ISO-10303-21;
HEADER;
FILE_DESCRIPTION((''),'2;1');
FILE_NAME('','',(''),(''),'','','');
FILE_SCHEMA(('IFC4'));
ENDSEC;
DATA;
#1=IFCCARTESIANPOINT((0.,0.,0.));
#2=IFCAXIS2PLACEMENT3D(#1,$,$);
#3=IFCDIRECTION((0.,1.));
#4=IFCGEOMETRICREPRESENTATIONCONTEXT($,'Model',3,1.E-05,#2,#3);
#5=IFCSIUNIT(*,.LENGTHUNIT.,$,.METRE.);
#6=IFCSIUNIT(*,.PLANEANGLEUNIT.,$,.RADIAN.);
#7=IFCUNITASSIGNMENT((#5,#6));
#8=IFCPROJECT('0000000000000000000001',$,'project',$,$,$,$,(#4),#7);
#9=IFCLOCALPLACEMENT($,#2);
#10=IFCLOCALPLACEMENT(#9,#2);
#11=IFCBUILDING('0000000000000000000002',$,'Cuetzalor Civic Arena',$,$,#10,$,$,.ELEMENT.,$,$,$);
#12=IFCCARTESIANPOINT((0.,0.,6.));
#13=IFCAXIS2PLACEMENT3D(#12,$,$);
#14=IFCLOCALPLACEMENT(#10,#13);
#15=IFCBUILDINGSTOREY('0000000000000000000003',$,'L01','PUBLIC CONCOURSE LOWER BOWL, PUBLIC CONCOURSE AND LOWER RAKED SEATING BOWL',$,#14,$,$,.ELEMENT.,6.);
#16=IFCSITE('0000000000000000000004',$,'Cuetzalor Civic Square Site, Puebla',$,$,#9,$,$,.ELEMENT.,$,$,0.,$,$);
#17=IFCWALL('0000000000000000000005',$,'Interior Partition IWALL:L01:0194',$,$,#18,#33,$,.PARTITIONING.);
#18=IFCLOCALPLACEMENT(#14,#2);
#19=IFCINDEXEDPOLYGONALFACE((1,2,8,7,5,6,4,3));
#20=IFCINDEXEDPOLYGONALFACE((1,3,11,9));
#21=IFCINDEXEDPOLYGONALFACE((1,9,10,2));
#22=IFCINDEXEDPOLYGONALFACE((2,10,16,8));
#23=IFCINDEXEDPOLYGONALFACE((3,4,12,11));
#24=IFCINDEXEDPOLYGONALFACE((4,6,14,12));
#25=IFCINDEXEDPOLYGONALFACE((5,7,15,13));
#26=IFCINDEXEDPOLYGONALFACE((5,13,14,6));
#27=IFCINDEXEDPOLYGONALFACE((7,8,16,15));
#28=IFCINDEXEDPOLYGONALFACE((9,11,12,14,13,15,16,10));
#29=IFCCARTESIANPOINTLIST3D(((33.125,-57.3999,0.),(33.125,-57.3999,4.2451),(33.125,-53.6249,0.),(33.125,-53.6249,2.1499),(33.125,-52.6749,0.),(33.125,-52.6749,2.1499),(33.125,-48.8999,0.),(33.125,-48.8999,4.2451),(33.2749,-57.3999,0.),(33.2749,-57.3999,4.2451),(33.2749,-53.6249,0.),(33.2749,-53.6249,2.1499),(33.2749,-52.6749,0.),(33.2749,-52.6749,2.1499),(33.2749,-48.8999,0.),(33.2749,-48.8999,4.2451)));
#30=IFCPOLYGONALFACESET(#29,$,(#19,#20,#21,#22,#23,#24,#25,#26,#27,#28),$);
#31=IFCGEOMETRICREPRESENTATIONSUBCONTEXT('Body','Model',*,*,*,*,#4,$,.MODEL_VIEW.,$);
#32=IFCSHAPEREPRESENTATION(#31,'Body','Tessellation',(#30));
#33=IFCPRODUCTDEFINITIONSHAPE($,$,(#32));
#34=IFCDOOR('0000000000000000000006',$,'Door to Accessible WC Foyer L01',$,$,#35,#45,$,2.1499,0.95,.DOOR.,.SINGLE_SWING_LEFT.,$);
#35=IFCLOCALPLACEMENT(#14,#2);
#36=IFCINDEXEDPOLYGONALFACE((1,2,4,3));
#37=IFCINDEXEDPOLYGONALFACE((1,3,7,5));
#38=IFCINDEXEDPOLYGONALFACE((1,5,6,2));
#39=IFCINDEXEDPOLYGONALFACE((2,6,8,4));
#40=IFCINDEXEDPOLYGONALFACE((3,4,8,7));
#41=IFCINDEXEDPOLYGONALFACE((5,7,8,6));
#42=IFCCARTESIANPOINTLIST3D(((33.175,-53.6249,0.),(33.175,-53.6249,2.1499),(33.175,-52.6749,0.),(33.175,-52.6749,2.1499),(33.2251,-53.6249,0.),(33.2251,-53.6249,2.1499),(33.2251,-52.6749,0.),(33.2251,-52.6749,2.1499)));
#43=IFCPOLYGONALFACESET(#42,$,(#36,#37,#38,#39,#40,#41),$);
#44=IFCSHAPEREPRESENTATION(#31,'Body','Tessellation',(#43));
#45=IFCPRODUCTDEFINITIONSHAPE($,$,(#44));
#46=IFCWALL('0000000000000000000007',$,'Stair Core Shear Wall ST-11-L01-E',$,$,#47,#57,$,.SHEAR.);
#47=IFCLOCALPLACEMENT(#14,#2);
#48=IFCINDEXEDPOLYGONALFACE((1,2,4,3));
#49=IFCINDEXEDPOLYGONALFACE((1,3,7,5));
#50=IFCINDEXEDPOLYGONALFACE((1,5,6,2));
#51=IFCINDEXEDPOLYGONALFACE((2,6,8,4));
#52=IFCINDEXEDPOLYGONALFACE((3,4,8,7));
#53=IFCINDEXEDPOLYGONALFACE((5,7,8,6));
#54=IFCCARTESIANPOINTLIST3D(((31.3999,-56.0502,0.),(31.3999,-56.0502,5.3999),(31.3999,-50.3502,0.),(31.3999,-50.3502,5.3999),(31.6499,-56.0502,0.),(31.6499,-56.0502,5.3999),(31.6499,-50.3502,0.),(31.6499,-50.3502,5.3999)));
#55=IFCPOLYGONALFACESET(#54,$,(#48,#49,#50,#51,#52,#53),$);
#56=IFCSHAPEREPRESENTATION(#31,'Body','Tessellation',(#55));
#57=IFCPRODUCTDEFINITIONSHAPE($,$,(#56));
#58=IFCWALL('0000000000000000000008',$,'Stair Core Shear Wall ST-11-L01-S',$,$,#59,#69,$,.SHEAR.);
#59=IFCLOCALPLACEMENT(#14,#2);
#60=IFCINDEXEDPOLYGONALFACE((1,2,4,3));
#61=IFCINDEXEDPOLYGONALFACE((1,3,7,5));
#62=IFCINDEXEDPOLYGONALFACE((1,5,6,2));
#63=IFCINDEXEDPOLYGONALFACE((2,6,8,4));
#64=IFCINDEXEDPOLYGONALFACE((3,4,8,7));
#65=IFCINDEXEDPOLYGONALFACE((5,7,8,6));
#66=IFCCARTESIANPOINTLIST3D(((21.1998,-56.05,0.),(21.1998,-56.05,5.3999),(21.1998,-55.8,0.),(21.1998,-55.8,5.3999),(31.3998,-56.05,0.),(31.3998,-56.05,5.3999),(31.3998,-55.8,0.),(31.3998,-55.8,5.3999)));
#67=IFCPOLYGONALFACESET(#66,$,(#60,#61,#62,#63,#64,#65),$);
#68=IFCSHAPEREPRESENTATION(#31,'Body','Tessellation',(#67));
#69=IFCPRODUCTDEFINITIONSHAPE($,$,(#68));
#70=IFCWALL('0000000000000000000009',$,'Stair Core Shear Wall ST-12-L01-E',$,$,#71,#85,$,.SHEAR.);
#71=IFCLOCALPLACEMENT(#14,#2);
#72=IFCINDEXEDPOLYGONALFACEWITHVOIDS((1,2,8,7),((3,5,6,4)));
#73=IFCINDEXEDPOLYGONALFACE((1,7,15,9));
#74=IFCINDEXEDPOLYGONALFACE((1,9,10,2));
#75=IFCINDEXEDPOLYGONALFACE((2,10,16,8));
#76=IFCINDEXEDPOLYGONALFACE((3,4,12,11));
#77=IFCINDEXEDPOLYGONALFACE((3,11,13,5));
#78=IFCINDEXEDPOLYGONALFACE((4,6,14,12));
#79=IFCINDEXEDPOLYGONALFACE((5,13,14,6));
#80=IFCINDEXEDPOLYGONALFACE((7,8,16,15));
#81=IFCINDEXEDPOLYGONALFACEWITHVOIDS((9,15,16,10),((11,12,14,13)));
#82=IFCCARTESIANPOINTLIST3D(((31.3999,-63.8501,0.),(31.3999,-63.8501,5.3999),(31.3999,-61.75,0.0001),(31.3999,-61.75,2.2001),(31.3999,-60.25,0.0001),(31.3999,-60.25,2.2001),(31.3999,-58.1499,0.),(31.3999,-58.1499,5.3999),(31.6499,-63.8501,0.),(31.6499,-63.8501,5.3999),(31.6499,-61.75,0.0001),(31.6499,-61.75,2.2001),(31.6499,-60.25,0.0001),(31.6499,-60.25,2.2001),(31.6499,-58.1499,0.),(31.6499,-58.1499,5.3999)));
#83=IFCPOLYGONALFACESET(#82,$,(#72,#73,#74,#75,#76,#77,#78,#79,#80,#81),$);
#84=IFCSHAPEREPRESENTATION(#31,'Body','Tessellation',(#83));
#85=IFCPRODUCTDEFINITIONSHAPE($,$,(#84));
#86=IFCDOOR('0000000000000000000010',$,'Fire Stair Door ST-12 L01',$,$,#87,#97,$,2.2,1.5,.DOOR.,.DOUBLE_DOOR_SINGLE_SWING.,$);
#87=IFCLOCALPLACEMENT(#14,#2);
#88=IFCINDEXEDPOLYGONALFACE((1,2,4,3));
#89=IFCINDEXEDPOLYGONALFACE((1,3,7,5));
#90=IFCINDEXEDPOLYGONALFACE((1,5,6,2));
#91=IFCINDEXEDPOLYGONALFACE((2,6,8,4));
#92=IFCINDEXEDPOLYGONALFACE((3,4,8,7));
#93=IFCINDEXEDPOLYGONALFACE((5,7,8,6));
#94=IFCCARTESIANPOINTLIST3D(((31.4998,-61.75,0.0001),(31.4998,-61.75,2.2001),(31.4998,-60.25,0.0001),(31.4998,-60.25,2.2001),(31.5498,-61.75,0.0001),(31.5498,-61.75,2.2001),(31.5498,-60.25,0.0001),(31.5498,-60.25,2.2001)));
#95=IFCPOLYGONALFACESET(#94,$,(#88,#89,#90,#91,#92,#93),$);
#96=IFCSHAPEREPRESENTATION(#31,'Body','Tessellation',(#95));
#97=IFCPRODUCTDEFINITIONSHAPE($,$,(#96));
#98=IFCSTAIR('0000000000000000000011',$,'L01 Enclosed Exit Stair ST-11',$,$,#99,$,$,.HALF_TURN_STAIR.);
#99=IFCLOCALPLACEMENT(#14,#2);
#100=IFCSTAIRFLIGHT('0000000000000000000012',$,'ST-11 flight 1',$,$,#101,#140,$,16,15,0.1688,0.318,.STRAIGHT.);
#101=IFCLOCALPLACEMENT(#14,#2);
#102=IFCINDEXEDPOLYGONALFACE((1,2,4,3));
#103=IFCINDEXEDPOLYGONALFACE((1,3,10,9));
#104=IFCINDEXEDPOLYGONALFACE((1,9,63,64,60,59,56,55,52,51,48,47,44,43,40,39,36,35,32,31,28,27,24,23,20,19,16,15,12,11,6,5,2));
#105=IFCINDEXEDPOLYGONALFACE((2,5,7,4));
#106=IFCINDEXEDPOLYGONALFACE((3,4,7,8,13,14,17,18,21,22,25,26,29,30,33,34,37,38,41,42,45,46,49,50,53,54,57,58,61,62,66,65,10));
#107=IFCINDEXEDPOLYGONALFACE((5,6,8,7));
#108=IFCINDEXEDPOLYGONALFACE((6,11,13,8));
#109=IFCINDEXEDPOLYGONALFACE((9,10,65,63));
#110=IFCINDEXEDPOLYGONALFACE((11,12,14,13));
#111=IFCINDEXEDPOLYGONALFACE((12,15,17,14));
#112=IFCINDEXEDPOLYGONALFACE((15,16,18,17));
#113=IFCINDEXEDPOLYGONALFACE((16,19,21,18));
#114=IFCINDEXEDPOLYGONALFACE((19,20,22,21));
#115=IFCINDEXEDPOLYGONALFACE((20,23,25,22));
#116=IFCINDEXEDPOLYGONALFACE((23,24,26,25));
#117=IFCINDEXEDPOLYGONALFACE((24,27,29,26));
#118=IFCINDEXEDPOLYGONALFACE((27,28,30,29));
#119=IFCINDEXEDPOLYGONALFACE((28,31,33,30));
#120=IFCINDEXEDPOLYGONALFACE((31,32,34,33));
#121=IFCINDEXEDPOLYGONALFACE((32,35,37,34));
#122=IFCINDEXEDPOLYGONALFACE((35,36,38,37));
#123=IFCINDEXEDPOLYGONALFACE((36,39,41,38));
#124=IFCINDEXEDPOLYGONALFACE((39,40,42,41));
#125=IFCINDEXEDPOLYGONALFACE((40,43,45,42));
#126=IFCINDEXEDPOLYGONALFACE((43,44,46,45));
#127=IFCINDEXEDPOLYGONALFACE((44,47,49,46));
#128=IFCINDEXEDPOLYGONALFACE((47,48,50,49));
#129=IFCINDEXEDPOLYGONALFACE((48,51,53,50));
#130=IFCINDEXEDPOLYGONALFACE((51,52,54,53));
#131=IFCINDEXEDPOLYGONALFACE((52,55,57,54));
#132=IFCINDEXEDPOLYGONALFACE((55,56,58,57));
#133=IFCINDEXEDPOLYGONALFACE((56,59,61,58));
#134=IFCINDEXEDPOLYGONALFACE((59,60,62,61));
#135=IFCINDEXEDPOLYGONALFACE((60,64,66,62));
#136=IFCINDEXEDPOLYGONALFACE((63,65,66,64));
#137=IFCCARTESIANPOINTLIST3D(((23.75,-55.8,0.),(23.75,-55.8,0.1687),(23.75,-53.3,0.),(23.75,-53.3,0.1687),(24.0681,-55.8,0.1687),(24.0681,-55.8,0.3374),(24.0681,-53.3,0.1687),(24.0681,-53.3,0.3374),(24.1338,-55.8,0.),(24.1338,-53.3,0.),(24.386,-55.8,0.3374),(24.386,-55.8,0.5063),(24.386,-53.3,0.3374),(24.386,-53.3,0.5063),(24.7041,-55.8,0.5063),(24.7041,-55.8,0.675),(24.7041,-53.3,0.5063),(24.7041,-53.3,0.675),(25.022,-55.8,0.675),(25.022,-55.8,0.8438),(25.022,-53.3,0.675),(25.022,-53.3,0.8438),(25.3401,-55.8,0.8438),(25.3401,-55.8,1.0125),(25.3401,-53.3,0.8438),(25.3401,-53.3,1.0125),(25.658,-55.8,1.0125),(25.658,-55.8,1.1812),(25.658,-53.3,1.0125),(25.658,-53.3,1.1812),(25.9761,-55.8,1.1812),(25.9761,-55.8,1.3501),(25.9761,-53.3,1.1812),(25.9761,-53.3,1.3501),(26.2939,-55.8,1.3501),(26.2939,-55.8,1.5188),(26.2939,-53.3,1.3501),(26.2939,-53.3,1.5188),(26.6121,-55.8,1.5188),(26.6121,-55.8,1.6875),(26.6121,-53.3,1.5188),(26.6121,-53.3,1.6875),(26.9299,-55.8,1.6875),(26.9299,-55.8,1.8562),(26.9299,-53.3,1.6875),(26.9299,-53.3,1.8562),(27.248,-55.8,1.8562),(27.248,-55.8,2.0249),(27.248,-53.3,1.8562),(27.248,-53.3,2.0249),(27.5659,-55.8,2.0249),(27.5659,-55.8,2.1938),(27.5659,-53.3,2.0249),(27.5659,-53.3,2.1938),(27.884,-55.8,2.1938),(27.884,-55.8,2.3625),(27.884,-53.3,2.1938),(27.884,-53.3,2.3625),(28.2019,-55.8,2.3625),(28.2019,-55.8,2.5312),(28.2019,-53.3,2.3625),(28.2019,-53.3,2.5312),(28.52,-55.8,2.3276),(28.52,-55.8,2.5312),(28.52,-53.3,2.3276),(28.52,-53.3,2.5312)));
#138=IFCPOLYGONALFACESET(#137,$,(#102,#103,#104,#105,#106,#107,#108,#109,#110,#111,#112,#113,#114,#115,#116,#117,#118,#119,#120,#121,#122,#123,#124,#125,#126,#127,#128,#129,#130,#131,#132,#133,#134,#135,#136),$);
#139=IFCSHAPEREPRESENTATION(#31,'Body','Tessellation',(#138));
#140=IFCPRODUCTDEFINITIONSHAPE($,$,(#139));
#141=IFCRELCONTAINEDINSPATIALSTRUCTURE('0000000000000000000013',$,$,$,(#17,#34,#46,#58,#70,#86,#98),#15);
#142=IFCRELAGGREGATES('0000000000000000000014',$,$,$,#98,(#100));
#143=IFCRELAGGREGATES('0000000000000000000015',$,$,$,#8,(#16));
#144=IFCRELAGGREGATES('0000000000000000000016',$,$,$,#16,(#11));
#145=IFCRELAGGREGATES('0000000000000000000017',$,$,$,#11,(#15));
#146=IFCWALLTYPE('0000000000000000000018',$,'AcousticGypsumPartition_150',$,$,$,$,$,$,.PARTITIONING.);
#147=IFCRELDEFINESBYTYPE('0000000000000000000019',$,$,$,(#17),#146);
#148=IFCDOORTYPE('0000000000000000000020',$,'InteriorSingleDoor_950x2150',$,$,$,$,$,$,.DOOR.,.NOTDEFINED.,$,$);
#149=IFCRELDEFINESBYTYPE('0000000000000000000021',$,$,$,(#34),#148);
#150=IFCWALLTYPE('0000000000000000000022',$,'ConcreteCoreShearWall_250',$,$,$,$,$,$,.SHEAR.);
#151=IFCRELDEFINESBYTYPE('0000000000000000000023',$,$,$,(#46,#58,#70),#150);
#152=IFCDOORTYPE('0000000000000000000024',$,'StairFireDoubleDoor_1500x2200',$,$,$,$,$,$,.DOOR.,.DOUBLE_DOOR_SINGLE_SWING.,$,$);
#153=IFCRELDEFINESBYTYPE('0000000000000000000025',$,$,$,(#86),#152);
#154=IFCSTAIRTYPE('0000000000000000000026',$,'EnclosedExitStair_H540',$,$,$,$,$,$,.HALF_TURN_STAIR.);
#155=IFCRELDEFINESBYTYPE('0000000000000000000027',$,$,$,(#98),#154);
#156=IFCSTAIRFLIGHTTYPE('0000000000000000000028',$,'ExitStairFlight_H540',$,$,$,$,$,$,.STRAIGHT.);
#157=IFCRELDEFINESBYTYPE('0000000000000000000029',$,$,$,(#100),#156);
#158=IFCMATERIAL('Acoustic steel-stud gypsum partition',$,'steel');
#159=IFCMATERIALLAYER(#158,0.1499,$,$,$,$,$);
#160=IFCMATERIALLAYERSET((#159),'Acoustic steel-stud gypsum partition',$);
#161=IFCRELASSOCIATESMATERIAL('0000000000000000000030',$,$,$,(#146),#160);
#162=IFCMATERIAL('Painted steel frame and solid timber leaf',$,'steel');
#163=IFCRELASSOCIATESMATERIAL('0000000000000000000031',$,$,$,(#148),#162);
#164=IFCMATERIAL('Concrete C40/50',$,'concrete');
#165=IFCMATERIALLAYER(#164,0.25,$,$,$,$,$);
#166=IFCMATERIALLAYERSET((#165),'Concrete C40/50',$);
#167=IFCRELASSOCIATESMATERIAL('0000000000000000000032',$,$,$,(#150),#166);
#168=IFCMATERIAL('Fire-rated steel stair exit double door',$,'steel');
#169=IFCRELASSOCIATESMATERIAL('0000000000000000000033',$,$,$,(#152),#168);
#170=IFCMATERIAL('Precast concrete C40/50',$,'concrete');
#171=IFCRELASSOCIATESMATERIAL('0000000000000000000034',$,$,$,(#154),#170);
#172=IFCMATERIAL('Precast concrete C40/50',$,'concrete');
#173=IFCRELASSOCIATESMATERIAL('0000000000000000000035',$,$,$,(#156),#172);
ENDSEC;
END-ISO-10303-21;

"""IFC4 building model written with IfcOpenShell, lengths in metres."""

from ifc_helpers import new_model, si_unit, direction, frame, frame_2d, origin, place, context, subcontext, project, spatial, polyline, rectangle, outline, extrude, material, layer, layer_set, type_object, element, fill, aggregate, save


model = new_model("IFC4")

# Units and contexts
model_context = context("Model", 3, precision=1e-05, world=origin(), true_north=direction((0.0, 1.0)))
body_context = subcontext(model_context, "Body", "Model", "MODEL_VIEW")
ifc_project = project(units=[si_unit("LENGTHUNIT", "METRE"), si_unit("PLANEANGLEUNIT", "RADIAN")], contexts=[model_context])

# Site, building, storey
site_placement = place(None, origin())
site = spatial("IfcSite", under=ifc_project, at=site_placement, Name="Cuetzalor Civic Square Site, Puebla", CompositionType="ELEMENT", RefElevation=0.0)
building_placement = place(site_placement, origin())
building = spatial("IfcBuilding", under=site, at=building_placement, Name="Cuetzalor Civic Arena", CompositionType="ELEMENT")
storey_placement = place(building_placement, frame((0.0, 0.0, 6.0)))
storey = spatial("IfcBuildingStorey", under=building, at=storey_placement, Name="L01", Description="PUBLIC CONCOURSE LOWER BOWL, PUBLIC CONCOURSE AND LOWER RAKED SEATING BOWL", CompositionType="ELEMENT", Elevation=6.0)

# Shared definitions
ifc_material_1 = material(Name="Acoustic steel-stud gypsum partition", Category="steel")
ifc_layer_1 = layer(ifc_material_1, 0.1499)
ifc_layer_set_1 = layer_set([ifc_layer_1], Name="Acoustic steel-stud gypsum partition")
wall_type_1 = type_object("IfcWallType", Name="AcousticGypsumPartition_150", PredefinedType="PARTITIONING", material=ifc_layer_set_1)

# Wall, opening, door
wall_1_placement = place(storey_placement, frame((33.2, -57.3999, 0.0), z_axis=(0.0, 0.0, 1.0), x_axis=(0.0, 1.0, 0.0)))
wall_1 = element("IfcWall", 1, at=wall_1_placement, inside=storey, type_object=wall_type_1, Name="Interior Partition IWALL:L01:0194", PredefinedType="PARTITIONING", context=body_context, shape_type="SweptSolid", body=[
    extrude(rectangle(XDim=8.5, YDim=0.1499, at=frame_2d((4.25, 0.0))), origin(), (0.0, 0.0, 1.0), 4.2451),
])
opening_1_placement = place(wall_1_placement, frame((3.7749, 0.0, 0.0)))
opening_1 = element("IfcOpeningElement", 2, at=opening_1_placement, cuts=wall_1, PredefinedType="OPENING", context=body_context, shape_type="SweptSolid", body=[
    extrude(rectangle(XDim=0.95, YDim=2.1499, at=frame_2d((0.4751, 1.075))), frame((0.0, 0.085, 0.0), z_axis=(0.0, -1.0, 0.0), x_axis=(1.0, 0.0, 0.0)), (0.0, 0.0, 1.0), 0.1699),
])
ifc_material_2 = material(Name="Painted steel frame and solid timber leaf", Category="steel")
door_type_1 = type_object("IfcDoorType", Name="InteriorSingleDoor_950x2150", OperationType="NOTDEFINED", PredefinedType="DOOR", material=ifc_material_2)
door_1_placement = place(opening_1_placement, origin())
door_1 = element("IfcDoor", 3, at=door_1_placement, inside=storey, type_object=door_type_1, Name="Door to Accessible WC Foyer L01", OperationType="SINGLE_SWING_LEFT", OverallHeight=2.1499, OverallWidth=0.95, PredefinedType="DOOR", context=body_context, shape_type="SweptSolid", body=[
    extrude(rectangle(XDim=0.95, YDim=2.1499, at=frame_2d((0.4751, 1.075))), frame((0.0, 0.0249, 0.0), z_axis=(0.0, -1.0, 0.0), x_axis=(1.0, 0.0, 0.0)), (0.0, 0.0, 1.0), 0.05),
])
fill(opening_1, door_1)

# Walls
ifc_material_3 = material(Name="Concrete C40/50", Category="concrete")
ifc_layer_2 = layer(ifc_material_3, 0.25)
ifc_layer_set_2 = layer_set([ifc_layer_2], Name="Concrete C40/50")
wall_type_2 = type_object("IfcWallType", Name="ConcreteCoreShearWall_250", PredefinedType="SHEAR", material=ifc_layer_set_2)
wall_2_placement = place(storey_placement, frame((31.5249, -50.3501, 0.0), z_axis=(0.0, 0.0, 1.0), x_axis=(0.0, -1.0, 0.0)))
element("IfcWall", 4, at=wall_2_placement, inside=storey, type_object=wall_type_2, Name="Stair Core Shear Wall ST-11-L01-E", PredefinedType="SHEAR", context=body_context, shape_type="SweptSolid", body=[
    extrude(rectangle(XDim=5.7, YDim=0.25, at=frame_2d((2.8501, 0.0))), origin(), (0.0, 0.0, 1.0), 5.3999),
])
wall_3_placement = place(storey_placement, frame((31.3999, -55.925, 0.0), z_axis=(0.0, 0.0, 1.0), x_axis=(-1.0, 0.0, 0.0)))
element("IfcWall", 5, at=wall_3_placement, inside=storey, type_object=wall_type_2, Name="Stair Core Shear Wall ST-11-L01-S", PredefinedType="SHEAR", context=body_context, shape_type="SweptSolid", body=[
    extrude(rectangle(XDim=10.2, YDim=0.25, at=frame_2d((5.1001, 0.0))), origin(), (0.0, 0.0, 1.0), 5.3999),
])

# Wall, opening, door
wall_4_placement = place(storey_placement, frame((31.5249, -58.1499, 0.0), z_axis=(0.0, 0.0, 1.0), x_axis=(0.0, -1.0, 0.0)))
wall_4 = element("IfcWall", 6, at=wall_4_placement, inside=storey, type_object=wall_type_2, Name="Stair Core Shear Wall ST-12-L01-E", PredefinedType="SHEAR", context=body_context, shape_type="SweptSolid", body=[
    extrude(rectangle(XDim=5.7002, YDim=0.25, at=frame_2d((2.8501, 0.0))), origin(), (0.0, 0.0, 1.0), 5.3999),
])
opening_2_placement = place(wall_4_placement, frame((2.1001, 0.0, 0.0)))
opening_2 = element("IfcOpeningElement", 7, at=opening_2_placement, cuts=wall_4, PredefinedType="OPENING", context=body_context, shape_type="SweptSolid", body=[
    extrude(rectangle(XDim=1.5, YDim=2.2, at=frame_2d((0.75, 1.1001))), frame((0.0, 0.135, 0.0), z_axis=(0.0, -1.0, 0.0), x_axis=(1.0, 0.0, 0.0)), (0.0, 0.0, 1.0), 0.27),
])
ifc_material_4 = material(Name="Fire-rated steel stair exit double door", Category="steel")
door_type_2 = type_object("IfcDoorType", Name="StairFireDoubleDoor_1500x2200", OperationType="DOUBLE_DOOR_SINGLE_SWING", PredefinedType="DOOR", material=ifc_material_4)
door_2_placement = place(opening_2_placement, origin())
door_2 = element("IfcDoor", 8, at=door_2_placement, inside=storey, type_object=door_type_2, Name="Fire Stair Door ST-12 L01", OperationType="DOUBLE_DOOR_SINGLE_SWING", OverallHeight=2.2, OverallWidth=1.5, PredefinedType="DOOR", context=body_context, shape_type="SweptSolid", body=[
    extrude(rectangle(XDim=1.5, YDim=2.2, at=frame_2d((0.75, 1.1001))), frame((0.0, 0.0249, 0.0), z_axis=(0.0, -1.0, 0.0), x_axis=(1.0, 0.0, 0.0)), (0.0, 0.0, 1.0), 0.05),
])
fill(opening_2, door_2)

# Stair, stair flight
ifc_material_5 = material(Name="Precast concrete C40/50", Category="concrete")
stair_type = type_object("IfcStairType", Name="EnclosedExitStair_H540", PredefinedType="HALF_TURN_STAIR", material=ifc_material_5)
stair_placement = place(storey_placement, origin())
stair = element("IfcStair", 9, at=stair_placement, inside=storey, type_object=stair_type, Name="L01 Enclosed Exit Stair ST-11", PredefinedType="HALF_TURN_STAIR")
ifc_material_6 = material(Name="Precast concrete C40/50", Category="concrete")
stair_flight_type = type_object("IfcStairFlightType", Name="ExitStairFlight_H540", PredefinedType="STRAIGHT", material=ifc_material_6)
stair_flight_1_placement = place(storey_placement, frame((23.75, -54.55, 0.0), z_axis=(0.0, 0.0, 1.0), x_axis=(1.0, 0.0, 0.0)))
stair_flight_1 = element("IfcStairFlight", 10, at=stair_flight_1_placement, type_object=stair_flight_type, Name="ST-11 flight 1", NumberOfRisers=16, NumberOfTreads=15, PredefinedType="STRAIGHT", RiserHeight=0.1688, TreadLength=0.318, context=body_context, shape_type="SweptSolid", body=[
    extrude(outline(polyline([(0.0, 0.0), (0.0, 0.1687), (0.3181, 0.1687), (0.3181, 0.3374), (0.636, 0.3374), (0.636, 0.5063), (0.9541, 0.5063), (0.9541, 0.675), (1.272, 0.675), (1.272, 0.8438), (1.5901, 0.8438), (1.5901, 1.0125), (1.908, 1.0125), (1.908, 1.1812), (2.2261, 1.1812), (2.2261, 1.3501), (2.5439, 1.3501), (2.5439, 1.5188), (2.8621, 1.5188), (2.8621, 1.6875), (3.1799, 1.6875), (3.1799, 1.8562), (3.498, 1.8562), (3.498, 2.0249), (3.8159, 2.0249), (3.8159, 2.1938), (4.134, 2.1938), (4.134, 2.3625), (4.4519, 2.3625), (4.4519, 2.5312), (4.77, 2.5312), (4.77, 2.7), (4.77, 2.3276), (0.3838, 0.0), (0.0, 0.0)])), frame((0.0, 1.25, 0.0), z_axis=(0.0, -1.0, 0.0), x_axis=(1.0, 0.0, 0.0)), (0.0, 0.0, 1.0), 2.5),
])
aggregate(stair, [stair_flight_1])

save(model, "model.ifc")
